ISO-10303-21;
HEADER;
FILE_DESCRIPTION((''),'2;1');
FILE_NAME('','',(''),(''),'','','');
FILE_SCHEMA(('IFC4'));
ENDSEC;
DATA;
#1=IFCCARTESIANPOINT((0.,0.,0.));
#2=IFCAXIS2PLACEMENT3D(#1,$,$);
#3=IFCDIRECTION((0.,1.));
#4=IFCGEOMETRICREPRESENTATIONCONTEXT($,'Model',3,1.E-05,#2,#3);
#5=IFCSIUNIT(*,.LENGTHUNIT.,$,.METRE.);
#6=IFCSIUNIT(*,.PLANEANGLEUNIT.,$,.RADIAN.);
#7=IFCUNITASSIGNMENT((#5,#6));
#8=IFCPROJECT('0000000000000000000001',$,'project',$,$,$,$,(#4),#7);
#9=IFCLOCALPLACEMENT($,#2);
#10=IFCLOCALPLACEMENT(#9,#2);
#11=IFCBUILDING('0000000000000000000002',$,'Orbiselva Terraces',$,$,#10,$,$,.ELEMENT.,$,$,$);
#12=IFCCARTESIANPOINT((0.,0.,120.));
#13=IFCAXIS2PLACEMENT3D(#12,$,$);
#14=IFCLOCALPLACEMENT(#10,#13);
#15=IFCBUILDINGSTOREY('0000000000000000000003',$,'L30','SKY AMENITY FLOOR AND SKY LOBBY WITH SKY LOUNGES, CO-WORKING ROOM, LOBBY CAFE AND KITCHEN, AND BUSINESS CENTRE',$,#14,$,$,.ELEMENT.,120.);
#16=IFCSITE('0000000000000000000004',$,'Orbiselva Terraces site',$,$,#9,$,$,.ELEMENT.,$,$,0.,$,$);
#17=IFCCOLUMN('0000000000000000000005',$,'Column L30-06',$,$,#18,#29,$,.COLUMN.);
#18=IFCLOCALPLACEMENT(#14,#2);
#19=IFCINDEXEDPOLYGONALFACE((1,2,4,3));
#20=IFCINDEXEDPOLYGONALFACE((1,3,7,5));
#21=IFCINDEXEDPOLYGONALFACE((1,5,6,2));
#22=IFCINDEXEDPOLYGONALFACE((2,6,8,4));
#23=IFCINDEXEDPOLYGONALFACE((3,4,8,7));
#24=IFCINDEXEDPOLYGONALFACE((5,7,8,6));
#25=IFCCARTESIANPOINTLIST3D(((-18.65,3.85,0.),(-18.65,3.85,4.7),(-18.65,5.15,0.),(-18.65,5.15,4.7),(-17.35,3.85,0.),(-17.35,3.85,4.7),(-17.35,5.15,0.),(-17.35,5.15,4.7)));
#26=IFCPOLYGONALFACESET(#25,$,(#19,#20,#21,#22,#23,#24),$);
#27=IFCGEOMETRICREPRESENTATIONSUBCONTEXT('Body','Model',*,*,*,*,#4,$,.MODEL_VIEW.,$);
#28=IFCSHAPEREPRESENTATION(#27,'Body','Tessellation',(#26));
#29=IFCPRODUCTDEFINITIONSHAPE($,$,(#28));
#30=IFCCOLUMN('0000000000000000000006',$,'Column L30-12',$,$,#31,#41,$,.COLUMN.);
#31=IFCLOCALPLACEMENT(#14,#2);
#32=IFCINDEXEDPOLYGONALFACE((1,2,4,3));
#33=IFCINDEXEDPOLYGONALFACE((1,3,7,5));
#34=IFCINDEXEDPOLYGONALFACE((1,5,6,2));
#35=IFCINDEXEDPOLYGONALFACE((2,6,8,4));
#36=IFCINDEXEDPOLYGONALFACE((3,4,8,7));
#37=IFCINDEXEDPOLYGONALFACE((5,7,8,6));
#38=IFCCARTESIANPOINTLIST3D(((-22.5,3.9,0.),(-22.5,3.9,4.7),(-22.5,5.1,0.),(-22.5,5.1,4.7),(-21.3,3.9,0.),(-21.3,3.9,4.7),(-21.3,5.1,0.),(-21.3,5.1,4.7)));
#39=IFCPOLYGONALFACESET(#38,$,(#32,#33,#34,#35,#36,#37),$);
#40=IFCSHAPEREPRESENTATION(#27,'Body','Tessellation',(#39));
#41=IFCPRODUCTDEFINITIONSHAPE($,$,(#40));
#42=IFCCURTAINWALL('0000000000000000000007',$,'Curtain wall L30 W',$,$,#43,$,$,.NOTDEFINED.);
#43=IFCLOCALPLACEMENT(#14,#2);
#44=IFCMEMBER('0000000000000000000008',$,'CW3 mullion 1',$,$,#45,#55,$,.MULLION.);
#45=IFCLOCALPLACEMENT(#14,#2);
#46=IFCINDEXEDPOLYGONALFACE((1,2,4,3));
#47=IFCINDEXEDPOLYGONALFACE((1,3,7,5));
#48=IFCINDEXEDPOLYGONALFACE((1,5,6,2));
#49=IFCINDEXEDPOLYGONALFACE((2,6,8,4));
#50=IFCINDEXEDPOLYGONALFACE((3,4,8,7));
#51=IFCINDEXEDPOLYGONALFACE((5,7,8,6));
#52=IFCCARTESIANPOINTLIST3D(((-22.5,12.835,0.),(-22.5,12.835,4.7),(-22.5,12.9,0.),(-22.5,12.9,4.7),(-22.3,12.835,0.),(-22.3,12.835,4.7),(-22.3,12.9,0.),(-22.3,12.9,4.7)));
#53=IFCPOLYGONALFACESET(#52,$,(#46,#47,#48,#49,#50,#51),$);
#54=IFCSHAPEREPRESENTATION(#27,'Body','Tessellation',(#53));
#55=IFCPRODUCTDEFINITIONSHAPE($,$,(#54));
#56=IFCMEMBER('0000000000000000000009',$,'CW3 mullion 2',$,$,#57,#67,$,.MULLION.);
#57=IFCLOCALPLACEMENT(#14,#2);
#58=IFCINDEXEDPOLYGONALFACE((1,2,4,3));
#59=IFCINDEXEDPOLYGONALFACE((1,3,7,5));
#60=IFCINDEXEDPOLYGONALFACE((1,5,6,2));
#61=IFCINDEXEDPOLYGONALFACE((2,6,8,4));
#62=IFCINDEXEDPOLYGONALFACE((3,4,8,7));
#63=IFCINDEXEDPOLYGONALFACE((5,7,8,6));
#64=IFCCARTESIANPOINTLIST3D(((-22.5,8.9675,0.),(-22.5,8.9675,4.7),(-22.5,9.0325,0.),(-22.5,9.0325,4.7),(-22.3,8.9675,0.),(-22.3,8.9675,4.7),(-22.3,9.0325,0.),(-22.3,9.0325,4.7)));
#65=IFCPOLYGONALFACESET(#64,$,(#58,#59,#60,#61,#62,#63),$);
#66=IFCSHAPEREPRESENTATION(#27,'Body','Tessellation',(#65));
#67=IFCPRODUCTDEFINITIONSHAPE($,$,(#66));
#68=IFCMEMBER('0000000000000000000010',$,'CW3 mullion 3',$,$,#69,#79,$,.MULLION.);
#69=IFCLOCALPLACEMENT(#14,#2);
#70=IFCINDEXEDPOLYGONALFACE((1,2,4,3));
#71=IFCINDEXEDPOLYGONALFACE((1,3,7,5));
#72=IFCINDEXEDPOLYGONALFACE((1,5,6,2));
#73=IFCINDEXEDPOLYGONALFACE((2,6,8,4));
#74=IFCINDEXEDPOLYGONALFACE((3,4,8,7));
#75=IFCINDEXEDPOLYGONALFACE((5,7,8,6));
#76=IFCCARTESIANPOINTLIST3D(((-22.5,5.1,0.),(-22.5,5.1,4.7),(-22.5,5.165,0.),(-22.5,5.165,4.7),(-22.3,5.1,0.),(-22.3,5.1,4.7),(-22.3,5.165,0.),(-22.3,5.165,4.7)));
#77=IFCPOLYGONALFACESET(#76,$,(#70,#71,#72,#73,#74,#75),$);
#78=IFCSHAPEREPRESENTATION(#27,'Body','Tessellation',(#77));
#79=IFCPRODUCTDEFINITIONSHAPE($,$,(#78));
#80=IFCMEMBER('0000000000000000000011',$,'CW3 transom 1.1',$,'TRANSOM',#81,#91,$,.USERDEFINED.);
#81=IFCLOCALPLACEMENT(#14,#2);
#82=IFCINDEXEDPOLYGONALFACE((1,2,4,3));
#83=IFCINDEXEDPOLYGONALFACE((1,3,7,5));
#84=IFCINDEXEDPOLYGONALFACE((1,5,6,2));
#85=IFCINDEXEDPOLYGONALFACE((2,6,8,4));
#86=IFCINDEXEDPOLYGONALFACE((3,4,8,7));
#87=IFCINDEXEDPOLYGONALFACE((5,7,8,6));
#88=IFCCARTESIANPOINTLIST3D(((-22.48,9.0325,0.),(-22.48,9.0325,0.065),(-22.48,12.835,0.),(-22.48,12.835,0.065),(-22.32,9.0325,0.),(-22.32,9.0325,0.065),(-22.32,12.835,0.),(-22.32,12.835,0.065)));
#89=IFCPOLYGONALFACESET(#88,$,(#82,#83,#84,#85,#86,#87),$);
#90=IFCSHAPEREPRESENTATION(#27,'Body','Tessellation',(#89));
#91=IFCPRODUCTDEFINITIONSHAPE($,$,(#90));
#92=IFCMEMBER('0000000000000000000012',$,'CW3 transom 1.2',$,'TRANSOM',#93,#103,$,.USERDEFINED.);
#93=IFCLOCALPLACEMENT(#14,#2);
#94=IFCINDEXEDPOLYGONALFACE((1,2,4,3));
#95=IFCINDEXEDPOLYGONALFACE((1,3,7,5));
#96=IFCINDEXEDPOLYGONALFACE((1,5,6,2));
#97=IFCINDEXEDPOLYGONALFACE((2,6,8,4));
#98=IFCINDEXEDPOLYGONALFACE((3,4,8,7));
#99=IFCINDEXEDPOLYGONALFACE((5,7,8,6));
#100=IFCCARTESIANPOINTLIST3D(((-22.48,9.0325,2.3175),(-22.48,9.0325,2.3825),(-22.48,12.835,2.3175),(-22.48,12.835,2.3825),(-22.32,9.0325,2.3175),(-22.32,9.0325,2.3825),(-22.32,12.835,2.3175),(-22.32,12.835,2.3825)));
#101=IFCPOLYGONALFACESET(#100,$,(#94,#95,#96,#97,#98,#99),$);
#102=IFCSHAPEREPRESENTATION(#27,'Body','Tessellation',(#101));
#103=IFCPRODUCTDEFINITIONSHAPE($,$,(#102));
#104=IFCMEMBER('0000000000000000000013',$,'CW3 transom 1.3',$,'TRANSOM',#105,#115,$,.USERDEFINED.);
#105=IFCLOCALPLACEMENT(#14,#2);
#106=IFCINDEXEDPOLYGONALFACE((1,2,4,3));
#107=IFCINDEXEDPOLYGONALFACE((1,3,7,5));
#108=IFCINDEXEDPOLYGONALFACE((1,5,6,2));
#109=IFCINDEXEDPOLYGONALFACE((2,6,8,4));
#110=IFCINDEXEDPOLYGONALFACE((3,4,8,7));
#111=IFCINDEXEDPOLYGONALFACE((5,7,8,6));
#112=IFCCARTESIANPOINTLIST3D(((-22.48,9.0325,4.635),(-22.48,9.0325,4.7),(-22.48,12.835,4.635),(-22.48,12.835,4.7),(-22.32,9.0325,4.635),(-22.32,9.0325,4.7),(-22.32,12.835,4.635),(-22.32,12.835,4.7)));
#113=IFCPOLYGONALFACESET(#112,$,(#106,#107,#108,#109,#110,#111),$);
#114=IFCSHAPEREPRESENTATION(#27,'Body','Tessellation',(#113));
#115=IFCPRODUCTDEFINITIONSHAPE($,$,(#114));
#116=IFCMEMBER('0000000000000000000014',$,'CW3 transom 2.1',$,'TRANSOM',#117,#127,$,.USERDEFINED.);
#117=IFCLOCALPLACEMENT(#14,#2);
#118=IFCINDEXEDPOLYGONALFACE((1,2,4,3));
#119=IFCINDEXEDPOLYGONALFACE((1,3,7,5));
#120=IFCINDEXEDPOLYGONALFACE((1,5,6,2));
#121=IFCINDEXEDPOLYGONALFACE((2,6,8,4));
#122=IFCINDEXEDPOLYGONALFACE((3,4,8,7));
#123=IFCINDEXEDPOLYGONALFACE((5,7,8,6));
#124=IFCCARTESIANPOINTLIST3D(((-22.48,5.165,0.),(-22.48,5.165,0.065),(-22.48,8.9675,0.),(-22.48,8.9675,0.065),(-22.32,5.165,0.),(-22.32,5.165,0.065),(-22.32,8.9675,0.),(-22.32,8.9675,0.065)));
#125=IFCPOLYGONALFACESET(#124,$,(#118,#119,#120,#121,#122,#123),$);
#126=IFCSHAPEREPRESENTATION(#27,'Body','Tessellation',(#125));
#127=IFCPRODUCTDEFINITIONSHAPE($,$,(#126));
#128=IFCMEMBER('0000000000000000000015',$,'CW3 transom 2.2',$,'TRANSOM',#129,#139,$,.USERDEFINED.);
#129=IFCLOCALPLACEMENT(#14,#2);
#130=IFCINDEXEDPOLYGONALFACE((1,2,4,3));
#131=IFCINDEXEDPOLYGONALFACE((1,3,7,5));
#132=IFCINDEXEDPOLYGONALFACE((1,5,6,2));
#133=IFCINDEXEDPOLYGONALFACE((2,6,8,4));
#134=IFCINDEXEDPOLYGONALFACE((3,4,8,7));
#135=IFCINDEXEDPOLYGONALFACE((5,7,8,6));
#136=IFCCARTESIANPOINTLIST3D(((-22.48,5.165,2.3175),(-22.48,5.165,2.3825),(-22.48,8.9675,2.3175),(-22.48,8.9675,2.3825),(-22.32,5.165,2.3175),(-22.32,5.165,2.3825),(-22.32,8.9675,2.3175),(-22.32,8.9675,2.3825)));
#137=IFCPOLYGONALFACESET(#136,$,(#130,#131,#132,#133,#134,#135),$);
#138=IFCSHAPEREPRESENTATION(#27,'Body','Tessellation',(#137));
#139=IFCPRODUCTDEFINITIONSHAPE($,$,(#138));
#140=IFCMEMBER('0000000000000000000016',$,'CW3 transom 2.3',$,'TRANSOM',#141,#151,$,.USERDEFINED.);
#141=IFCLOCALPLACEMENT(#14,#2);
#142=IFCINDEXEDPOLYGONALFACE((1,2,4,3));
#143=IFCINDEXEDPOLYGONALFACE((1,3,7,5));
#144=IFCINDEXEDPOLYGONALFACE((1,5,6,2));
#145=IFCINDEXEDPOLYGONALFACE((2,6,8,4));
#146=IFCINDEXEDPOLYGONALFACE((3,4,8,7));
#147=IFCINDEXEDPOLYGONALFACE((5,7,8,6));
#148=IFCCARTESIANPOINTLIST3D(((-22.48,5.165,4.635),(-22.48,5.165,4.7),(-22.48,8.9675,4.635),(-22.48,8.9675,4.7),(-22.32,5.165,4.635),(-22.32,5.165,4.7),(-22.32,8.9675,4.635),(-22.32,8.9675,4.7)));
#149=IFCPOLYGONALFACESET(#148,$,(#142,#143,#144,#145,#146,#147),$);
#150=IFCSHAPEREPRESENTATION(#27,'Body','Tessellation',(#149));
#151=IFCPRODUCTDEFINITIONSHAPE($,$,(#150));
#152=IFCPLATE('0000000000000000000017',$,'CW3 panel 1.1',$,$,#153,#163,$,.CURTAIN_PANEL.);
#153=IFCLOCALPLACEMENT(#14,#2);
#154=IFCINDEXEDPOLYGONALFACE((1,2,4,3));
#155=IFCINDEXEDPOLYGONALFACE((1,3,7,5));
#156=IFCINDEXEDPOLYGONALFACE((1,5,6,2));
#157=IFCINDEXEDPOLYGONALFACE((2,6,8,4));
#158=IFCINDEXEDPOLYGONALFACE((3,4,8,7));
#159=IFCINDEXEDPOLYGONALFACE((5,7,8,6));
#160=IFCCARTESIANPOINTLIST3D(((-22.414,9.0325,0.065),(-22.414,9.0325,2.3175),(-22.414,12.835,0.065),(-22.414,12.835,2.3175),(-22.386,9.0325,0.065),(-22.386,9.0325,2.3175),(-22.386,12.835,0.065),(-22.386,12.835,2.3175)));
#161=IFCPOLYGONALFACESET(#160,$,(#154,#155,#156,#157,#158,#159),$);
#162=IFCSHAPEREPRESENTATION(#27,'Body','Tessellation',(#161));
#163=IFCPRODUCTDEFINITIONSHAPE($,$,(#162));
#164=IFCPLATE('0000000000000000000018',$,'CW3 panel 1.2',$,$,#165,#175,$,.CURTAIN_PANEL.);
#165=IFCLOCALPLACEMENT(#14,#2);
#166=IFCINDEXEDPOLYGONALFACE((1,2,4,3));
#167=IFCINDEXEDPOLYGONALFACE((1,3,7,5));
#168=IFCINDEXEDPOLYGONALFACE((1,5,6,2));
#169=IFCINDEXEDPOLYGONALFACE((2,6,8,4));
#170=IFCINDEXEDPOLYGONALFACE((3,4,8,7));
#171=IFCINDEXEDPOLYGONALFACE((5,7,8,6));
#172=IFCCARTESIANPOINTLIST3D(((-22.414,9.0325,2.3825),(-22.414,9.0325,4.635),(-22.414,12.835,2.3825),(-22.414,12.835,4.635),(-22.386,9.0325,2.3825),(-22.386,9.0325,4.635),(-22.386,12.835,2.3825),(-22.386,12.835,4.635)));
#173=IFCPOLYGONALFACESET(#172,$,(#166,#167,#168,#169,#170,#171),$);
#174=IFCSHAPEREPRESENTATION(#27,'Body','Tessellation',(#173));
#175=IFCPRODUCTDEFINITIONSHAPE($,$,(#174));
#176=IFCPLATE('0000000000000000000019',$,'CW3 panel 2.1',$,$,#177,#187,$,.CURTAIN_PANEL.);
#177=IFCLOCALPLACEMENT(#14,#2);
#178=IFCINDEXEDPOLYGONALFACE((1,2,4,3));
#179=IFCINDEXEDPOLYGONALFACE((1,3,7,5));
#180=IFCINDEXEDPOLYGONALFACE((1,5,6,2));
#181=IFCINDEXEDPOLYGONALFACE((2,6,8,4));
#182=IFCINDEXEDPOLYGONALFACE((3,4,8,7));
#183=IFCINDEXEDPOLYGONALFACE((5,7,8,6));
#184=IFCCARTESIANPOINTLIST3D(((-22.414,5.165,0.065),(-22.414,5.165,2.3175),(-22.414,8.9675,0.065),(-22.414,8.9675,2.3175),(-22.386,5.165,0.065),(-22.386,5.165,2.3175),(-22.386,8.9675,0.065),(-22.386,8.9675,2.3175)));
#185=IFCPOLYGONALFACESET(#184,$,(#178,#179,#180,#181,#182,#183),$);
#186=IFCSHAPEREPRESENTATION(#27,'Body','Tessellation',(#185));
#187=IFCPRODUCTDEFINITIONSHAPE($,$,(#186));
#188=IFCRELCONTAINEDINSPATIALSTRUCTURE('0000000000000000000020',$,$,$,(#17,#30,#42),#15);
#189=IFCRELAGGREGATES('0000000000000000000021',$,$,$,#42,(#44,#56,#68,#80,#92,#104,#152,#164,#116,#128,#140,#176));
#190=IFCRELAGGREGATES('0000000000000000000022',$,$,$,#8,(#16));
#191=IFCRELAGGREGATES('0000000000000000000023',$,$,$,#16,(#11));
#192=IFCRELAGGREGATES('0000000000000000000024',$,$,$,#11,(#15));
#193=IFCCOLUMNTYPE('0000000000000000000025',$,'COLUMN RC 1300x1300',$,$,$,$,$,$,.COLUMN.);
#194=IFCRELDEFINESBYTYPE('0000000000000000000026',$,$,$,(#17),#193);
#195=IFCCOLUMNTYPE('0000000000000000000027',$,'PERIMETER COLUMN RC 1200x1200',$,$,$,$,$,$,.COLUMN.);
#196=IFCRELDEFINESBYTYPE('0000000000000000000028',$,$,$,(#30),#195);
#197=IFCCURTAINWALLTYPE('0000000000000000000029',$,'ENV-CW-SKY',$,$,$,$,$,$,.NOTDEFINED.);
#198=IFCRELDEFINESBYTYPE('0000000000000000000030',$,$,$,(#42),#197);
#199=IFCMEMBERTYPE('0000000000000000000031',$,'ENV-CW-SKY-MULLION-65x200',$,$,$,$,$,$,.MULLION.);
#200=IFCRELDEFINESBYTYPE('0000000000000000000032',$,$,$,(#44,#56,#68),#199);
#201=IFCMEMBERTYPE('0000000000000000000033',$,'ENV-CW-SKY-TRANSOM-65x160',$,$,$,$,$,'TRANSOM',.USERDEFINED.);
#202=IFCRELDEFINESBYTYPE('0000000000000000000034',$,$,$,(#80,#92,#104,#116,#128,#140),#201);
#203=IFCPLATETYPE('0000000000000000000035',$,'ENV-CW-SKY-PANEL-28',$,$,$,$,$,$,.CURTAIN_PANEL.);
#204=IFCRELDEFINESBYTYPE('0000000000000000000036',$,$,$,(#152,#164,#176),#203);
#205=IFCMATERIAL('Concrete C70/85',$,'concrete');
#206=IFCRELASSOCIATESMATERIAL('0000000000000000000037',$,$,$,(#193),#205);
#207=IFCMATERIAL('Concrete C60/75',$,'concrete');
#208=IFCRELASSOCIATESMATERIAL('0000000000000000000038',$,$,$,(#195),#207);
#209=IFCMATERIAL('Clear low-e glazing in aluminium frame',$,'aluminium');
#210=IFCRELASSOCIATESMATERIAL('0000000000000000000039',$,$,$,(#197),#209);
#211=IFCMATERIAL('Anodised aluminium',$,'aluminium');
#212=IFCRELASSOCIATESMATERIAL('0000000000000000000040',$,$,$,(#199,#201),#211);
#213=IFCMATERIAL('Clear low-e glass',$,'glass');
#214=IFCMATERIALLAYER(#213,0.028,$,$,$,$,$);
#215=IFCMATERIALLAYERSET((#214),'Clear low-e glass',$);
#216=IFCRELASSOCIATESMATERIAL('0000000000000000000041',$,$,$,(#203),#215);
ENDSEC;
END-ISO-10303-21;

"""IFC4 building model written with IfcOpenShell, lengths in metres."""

from ifc_helpers import new_model, si_unit, direction, frame, origin, origin_2d, place, context, subcontext, project, spatial, rectangle, extrude, material, layer, layer_set, material_profile, profile_set, type_object, element, aggregate, save


model = new_model("IFC4")

# Units and contexts
model_context = context("Model", 3, precision=1e-05, world=origin(), true_north=direction((0.0, 1.0)))
body_context = subcontext(model_context, "Body", "Model", "MODEL_VIEW")
ifc_project = project(units=[si_unit("LENGTHUNIT", "METRE"), si_unit("PLANEANGLEUNIT", "RADIAN")], contexts=[model_context])

# Site, building, storey
site_placement = place(None, origin())
site = spatial("IfcSite", under=ifc_project, at=site_placement, Name="Orbiselva Terraces site", CompositionType="ELEMENT", RefElevation=0.0)
building_placement = place(site_placement, origin())
building = spatial("IfcBuilding", under=site, at=building_placement, Name="Orbiselva Terraces", CompositionType="ELEMENT")
storey_placement = place(building_placement, frame((0.0, 0.0, 120.0)))
storey = spatial("IfcBuildingStorey", under=building, at=storey_placement, Name="L30", Description="SKY AMENITY FLOOR AND SKY LOBBY WITH SKY LOUNGES, CO-WORKING ROOM, LOBBY CAFE AND KITCHEN, AND BUSINESS CENTRE", CompositionType="ELEMENT", Elevation=120.0)

# Columns
ifc_material_1 = material(Name="Concrete C70/85", Category="concrete")
ifc_material_profile_1 = material_profile(ifc_material_1, rectangle(XDim=1.3, YDim=1.3, at=origin_2d()), Name="RC 1300x1300")
ifc_profile_set_1 = profile_set([ifc_material_profile_1], Name="Concrete C70/85")
column_type_1 = type_object("IfcColumnType", Name="COLUMN RC 1300x1300", PredefinedType="COLUMN", material=ifc_profile_set_1)
column_1_placement = place(storey_placement, frame((-18.0, 4.5, 0.0), z_axis=(0.0, 0.0, 1.0), x_axis=(1.0, 0.0, 0.0)))
element("IfcColumn", 1, at=column_1_placement, inside=storey, type_object=column_type_1, Name="Column L30-06", PredefinedType="COLUMN", context=body_context, shape_type="SweptSolid", body=[
    extrude(rectangle(XDim=1.3, YDim=1.3, at=origin_2d()), origin(), (0.0, 0.0, 1.0), 4.7),
])
ifc_material_2 = material(Name="Concrete C60/75", Category="concrete")
ifc_material_profile_2 = material_profile(ifc_material_2, rectangle(XDim=1.2, YDim=1.2, at=origin_2d()), Name="RC 1200x1200")
ifc_profile_set_2 = profile_set([ifc_material_profile_2], Name="Concrete C60/75")
column_type_2 = type_object("IfcColumnType", Name="PERIMETER COLUMN RC 1200x1200", PredefinedType="COLUMN", material=ifc_profile_set_2)
column_2_placement = place(storey_placement, frame((-21.9, 4.5, 0.0), z_axis=(0.0, 0.0, 1.0), x_axis=(1.0, 0.0, 0.0)))
element("IfcColumn", 2, at=column_2_placement, inside=storey, type_object=column_type_2, Name="Column L30-12", PredefinedType="COLUMN", context=body_context, shape_type="SweptSolid", body=[
    extrude(rectangle(XDim=1.2, YDim=1.2, at=origin_2d()), origin(), (0.0, 0.0, 1.0), 4.7),
])

# Curtain wall, members, plates
ifc_material_3 = material(Name="Clear low-e glazing in aluminium frame", Category="aluminium")
curtain_wall_type = type_object("IfcCurtainWallType", Name="ENV-CW-SKY", PredefinedType="NOTDEFINED", material=ifc_material_3)
curtain_wall_placement = place(storey_placement, origin())
curtain_wall = element("IfcCurtainWall", 3, at=curtain_wall_placement, inside=storey, type_object=curtain_wall_type, Name="Curtain wall L30 W", PredefinedType="NOTDEFINED")
ifc_material_4 = material(Name="Anodised aluminium", Category="aluminium")
ifc_material_profile_3 = material_profile(ifc_material_4, rectangle(XDim=0.2, YDim=0.065, at=origin_2d()), Name="AL 65x200")
ifc_profile_set_3 = profile_set([ifc_material_profile_3], Name="Anodised aluminium")
member_type_1 = type_object("IfcMemberType", Name="ENV-CW-SKY-MULLION-65x200", PredefinedType="MULLION", material=ifc_profile_set_3)
member_1_placement = place(storey_placement, frame((-22.4, 12.8675, 0.0), z_axis=(0.0, 0.0, 1.0), x_axis=(1.0, 0.0, 0.0)))
member_1 = element("IfcMember", 4, at=member_1_placement, type_object=member_type_1, Name="CW3 mullion 1", PredefinedType="MULLION", context=body_context, shape_type="SweptSolid", body=[
    extrude(rectangle(XDim=0.2, YDim=0.065, at=origin_2d()), origin(), (0.0, 0.0, 1.0), 4.7),
])
member_2_placement = place(storey_placement, frame((-22.4, 9.0, 0.0), z_axis=(0.0, 0.0, 1.0), x_axis=(1.0, 0.0, 0.0)))
member_2 = element("IfcMember", 5, at=member_2_placement, type_object=member_type_1, Name="CW3 mullion 2", PredefinedType="MULLION", context=body_context, shape_type="SweptSolid", body=[
    extrude(rectangle(XDim=0.2, YDim=0.065, at=origin_2d()), origin(), (0.0, 0.0, 1.0), 4.7),
])
member_3_placement = place(storey_placement, frame((-22.4, 5.1325, 0.0), z_axis=(0.0, 0.0, 1.0), x_axis=(1.0, 0.0, 0.0)))
member_3 = element("IfcMember", 6, at=member_3_placement, type_object=member_type_1, Name="CW3 mullion 3", PredefinedType="MULLION", context=body_context, shape_type="SweptSolid", body=[
    extrude(rectangle(XDim=0.2, YDim=0.065, at=origin_2d()), origin(), (0.0, 0.0, 1.0), 4.7),
])
ifc_material_profile_4 = material_profile(ifc_material_4, rectangle(XDim=0.16, YDim=0.065, at=origin_2d()), Name="AL 65x160")
ifc_profile_set_4 = profile_set([ifc_material_profile_4], Name="Anodised aluminium")
member_type_2 = type_object("IfcMemberType", Name="ENV-CW-SKY-TRANSOM-65x160", ElementType="TRANSOM", PredefinedType="USERDEFINED", material=ifc_profile_set_4)
member_4_placement = place(storey_placement, frame((-22.4, 12.835, 0.0325), z_axis=(0.0, -1.0, 0.0), x_axis=(1.0, 0.0, 0.0)))
member_4 = element("IfcMember", 7, at=member_4_placement, type_object=member_type_2, Name="CW3 transom 1.1", ObjectType="TRANSOM", PredefinedType="USERDEFINED", context=body_context, shape_type="SweptSolid", body=[
    extrude(rectangle(XDim=0.16, YDim=0.065, at=origin_2d()), origin(), (0.0, 0.0, 1.0), 3.8025),
])
member_5_placement = place(storey_placement, frame((-22.4, 12.835, 2.35), z_axis=(0.0, -1.0, 0.0), x_axis=(1.0, 0.0, 0.0)))
member_5 = element("IfcMember", 8, at=member_5_placement, type_object=member_type_2, Name="CW3 transom 1.2", ObjectType="TRANSOM", PredefinedType="USERDEFINED", context=body_context, shape_type="SweptSolid", body=[
    extrude(rectangle(XDim=0.16, YDim=0.065, at=origin_2d()), origin(), (0.0, 0.0, 1.0), 3.8025),
])
member_6_placement = place(storey_placement, frame((-22.4, 12.835, 4.6675), z_axis=(0.0, -1.0, 0.0), x_axis=(1.0, 0.0, 0.0)))
member_6 = element("IfcMember", 9, at=member_6_placement, type_object=member_type_2, Name="CW3 transom 1.3", ObjectType="TRANSOM", PredefinedType="USERDEFINED", context=body_context, shape_type="SweptSolid", body=[
    extrude(rectangle(XDim=0.16, YDim=0.065, at=origin_2d()), origin(), (0.0, 0.0, 1.0), 3.8025),
])
member_7_placement = place(storey_placement, frame((-22.4, 8.9675, 0.0325), z_axis=(0.0, -1.0, 0.0), x_axis=(1.0, 0.0, 0.0)))
member_7 = element("IfcMember", 10, at=member_7_placement, type_object=member_type_2, Name="CW3 transom 2.1", ObjectType="TRANSOM", PredefinedType="USERDEFINED", context=body_context, shape_type="SweptSolid", body=[
    extrude(rectangle(XDim=0.16, YDim=0.065, at=origin_2d()), origin(), (0.0, 0.0, 1.0), 3.8025),
])
member_8_placement = place(storey_placement, frame((-22.4, 8.9675, 2.35), z_axis=(0.0, -1.0, 0.0), x_axis=(1.0, 0.0, 0.0)))
member_8 = element("IfcMember", 11, at=member_8_placement, type_object=member_type_2, Name="CW3 transom 2.2", ObjectType="TRANSOM", PredefinedType="USERDEFINED", context=body_context, shape_type="SweptSolid", body=[
    extrude(rectangle(XDim=0.16, YDim=0.065, at=origin_2d()), origin(), (0.0, 0.0, 1.0), 3.8025),
])
member_9_placement = place(storey_placement, frame((-22.4, 8.9675, 4.6675), z_axis=(0.0, -1.0, 0.0), x_axis=(1.0, 0.0, 0.0)))
member_9 = element("IfcMember", 12, at=member_9_placement, type_object=member_type_2, Name="CW3 transom 2.3", ObjectType="TRANSOM", PredefinedType="USERDEFINED", context=body_context, shape_type="SweptSolid", body=[
    extrude(rectangle(XDim=0.16, YDim=0.065, at=origin_2d()), origin(), (0.0, 0.0, 1.0), 3.8025),
])
ifc_material_5 = material(Name="Clear low-e glass", Category="glass")
ifc_layer_1 = layer(ifc_material_5, 0.028)
ifc_layer_set_1 = layer_set([ifc_layer_1], Name="Clear low-e glass")
plate_type = type_object("IfcPlateType", Name="ENV-CW-SKY-PANEL-28", PredefinedType="CURTAIN_PANEL", material=ifc_layer_set_1)
plate_1_placement = place(storey_placement, frame((-22.4, 10.9337, 0.065), z_axis=(0.0, 0.0, 1.0), x_axis=(0.0, -1.0, 0.0)))
plate_1 = element("IfcPlate", 13, at=plate_1_placement, type_object=plate_type, Name="CW3 panel 1.1", PredefinedType="CURTAIN_PANEL", context=body_context, shape_type="SweptSolid", body=[
    extrude(rectangle(XDim=3.8025, YDim=0.028, at=origin_2d()), origin(), (0.0, 0.0, 1.0), 2.2525),
])
plate_2_placement = place(storey_placement, frame((-22.4, 10.9337, 2.3825), z_axis=(0.0, 0.0, 1.0), x_axis=(0.0, -1.0, 0.0)))
plate_2 = element("IfcPlate", 14, at=plate_2_placement, type_object=plate_type, Name="CW3 panel 1.2", PredefinedType="CURTAIN_PANEL", context=body_context, shape_type="SweptSolid", body=[
    extrude(rectangle(XDim=3.8025, YDim=0.028, at=origin_2d()), origin(), (0.0, 0.0, 1.0), 2.2525),
])
plate_3_placement = place(storey_placement, frame((-22.4, 7.0663, 0.065), z_axis=(0.0, 0.0, 1.0), x_axis=(0.0, -1.0, 0.0)))
plate_3 = element("IfcPlate", 15, at=plate_3_placement, type_object=plate_type, Name="CW3 panel 2.1", PredefinedType="CURTAIN_PANEL", context=body_context, shape_type="SweptSolid", body=[
    extrude(rectangle(XDim=3.8025, YDim=0.028, at=origin_2d()), origin(), (0.0, 0.0, 1.0), 2.2525),
])
aggregate(curtain_wall, [member_1, member_2, member_3, member_4, member_5, member_6, plate_1, plate_2, member_7, member_8, member_9, plate_3])

save(model, "model.ifc")
